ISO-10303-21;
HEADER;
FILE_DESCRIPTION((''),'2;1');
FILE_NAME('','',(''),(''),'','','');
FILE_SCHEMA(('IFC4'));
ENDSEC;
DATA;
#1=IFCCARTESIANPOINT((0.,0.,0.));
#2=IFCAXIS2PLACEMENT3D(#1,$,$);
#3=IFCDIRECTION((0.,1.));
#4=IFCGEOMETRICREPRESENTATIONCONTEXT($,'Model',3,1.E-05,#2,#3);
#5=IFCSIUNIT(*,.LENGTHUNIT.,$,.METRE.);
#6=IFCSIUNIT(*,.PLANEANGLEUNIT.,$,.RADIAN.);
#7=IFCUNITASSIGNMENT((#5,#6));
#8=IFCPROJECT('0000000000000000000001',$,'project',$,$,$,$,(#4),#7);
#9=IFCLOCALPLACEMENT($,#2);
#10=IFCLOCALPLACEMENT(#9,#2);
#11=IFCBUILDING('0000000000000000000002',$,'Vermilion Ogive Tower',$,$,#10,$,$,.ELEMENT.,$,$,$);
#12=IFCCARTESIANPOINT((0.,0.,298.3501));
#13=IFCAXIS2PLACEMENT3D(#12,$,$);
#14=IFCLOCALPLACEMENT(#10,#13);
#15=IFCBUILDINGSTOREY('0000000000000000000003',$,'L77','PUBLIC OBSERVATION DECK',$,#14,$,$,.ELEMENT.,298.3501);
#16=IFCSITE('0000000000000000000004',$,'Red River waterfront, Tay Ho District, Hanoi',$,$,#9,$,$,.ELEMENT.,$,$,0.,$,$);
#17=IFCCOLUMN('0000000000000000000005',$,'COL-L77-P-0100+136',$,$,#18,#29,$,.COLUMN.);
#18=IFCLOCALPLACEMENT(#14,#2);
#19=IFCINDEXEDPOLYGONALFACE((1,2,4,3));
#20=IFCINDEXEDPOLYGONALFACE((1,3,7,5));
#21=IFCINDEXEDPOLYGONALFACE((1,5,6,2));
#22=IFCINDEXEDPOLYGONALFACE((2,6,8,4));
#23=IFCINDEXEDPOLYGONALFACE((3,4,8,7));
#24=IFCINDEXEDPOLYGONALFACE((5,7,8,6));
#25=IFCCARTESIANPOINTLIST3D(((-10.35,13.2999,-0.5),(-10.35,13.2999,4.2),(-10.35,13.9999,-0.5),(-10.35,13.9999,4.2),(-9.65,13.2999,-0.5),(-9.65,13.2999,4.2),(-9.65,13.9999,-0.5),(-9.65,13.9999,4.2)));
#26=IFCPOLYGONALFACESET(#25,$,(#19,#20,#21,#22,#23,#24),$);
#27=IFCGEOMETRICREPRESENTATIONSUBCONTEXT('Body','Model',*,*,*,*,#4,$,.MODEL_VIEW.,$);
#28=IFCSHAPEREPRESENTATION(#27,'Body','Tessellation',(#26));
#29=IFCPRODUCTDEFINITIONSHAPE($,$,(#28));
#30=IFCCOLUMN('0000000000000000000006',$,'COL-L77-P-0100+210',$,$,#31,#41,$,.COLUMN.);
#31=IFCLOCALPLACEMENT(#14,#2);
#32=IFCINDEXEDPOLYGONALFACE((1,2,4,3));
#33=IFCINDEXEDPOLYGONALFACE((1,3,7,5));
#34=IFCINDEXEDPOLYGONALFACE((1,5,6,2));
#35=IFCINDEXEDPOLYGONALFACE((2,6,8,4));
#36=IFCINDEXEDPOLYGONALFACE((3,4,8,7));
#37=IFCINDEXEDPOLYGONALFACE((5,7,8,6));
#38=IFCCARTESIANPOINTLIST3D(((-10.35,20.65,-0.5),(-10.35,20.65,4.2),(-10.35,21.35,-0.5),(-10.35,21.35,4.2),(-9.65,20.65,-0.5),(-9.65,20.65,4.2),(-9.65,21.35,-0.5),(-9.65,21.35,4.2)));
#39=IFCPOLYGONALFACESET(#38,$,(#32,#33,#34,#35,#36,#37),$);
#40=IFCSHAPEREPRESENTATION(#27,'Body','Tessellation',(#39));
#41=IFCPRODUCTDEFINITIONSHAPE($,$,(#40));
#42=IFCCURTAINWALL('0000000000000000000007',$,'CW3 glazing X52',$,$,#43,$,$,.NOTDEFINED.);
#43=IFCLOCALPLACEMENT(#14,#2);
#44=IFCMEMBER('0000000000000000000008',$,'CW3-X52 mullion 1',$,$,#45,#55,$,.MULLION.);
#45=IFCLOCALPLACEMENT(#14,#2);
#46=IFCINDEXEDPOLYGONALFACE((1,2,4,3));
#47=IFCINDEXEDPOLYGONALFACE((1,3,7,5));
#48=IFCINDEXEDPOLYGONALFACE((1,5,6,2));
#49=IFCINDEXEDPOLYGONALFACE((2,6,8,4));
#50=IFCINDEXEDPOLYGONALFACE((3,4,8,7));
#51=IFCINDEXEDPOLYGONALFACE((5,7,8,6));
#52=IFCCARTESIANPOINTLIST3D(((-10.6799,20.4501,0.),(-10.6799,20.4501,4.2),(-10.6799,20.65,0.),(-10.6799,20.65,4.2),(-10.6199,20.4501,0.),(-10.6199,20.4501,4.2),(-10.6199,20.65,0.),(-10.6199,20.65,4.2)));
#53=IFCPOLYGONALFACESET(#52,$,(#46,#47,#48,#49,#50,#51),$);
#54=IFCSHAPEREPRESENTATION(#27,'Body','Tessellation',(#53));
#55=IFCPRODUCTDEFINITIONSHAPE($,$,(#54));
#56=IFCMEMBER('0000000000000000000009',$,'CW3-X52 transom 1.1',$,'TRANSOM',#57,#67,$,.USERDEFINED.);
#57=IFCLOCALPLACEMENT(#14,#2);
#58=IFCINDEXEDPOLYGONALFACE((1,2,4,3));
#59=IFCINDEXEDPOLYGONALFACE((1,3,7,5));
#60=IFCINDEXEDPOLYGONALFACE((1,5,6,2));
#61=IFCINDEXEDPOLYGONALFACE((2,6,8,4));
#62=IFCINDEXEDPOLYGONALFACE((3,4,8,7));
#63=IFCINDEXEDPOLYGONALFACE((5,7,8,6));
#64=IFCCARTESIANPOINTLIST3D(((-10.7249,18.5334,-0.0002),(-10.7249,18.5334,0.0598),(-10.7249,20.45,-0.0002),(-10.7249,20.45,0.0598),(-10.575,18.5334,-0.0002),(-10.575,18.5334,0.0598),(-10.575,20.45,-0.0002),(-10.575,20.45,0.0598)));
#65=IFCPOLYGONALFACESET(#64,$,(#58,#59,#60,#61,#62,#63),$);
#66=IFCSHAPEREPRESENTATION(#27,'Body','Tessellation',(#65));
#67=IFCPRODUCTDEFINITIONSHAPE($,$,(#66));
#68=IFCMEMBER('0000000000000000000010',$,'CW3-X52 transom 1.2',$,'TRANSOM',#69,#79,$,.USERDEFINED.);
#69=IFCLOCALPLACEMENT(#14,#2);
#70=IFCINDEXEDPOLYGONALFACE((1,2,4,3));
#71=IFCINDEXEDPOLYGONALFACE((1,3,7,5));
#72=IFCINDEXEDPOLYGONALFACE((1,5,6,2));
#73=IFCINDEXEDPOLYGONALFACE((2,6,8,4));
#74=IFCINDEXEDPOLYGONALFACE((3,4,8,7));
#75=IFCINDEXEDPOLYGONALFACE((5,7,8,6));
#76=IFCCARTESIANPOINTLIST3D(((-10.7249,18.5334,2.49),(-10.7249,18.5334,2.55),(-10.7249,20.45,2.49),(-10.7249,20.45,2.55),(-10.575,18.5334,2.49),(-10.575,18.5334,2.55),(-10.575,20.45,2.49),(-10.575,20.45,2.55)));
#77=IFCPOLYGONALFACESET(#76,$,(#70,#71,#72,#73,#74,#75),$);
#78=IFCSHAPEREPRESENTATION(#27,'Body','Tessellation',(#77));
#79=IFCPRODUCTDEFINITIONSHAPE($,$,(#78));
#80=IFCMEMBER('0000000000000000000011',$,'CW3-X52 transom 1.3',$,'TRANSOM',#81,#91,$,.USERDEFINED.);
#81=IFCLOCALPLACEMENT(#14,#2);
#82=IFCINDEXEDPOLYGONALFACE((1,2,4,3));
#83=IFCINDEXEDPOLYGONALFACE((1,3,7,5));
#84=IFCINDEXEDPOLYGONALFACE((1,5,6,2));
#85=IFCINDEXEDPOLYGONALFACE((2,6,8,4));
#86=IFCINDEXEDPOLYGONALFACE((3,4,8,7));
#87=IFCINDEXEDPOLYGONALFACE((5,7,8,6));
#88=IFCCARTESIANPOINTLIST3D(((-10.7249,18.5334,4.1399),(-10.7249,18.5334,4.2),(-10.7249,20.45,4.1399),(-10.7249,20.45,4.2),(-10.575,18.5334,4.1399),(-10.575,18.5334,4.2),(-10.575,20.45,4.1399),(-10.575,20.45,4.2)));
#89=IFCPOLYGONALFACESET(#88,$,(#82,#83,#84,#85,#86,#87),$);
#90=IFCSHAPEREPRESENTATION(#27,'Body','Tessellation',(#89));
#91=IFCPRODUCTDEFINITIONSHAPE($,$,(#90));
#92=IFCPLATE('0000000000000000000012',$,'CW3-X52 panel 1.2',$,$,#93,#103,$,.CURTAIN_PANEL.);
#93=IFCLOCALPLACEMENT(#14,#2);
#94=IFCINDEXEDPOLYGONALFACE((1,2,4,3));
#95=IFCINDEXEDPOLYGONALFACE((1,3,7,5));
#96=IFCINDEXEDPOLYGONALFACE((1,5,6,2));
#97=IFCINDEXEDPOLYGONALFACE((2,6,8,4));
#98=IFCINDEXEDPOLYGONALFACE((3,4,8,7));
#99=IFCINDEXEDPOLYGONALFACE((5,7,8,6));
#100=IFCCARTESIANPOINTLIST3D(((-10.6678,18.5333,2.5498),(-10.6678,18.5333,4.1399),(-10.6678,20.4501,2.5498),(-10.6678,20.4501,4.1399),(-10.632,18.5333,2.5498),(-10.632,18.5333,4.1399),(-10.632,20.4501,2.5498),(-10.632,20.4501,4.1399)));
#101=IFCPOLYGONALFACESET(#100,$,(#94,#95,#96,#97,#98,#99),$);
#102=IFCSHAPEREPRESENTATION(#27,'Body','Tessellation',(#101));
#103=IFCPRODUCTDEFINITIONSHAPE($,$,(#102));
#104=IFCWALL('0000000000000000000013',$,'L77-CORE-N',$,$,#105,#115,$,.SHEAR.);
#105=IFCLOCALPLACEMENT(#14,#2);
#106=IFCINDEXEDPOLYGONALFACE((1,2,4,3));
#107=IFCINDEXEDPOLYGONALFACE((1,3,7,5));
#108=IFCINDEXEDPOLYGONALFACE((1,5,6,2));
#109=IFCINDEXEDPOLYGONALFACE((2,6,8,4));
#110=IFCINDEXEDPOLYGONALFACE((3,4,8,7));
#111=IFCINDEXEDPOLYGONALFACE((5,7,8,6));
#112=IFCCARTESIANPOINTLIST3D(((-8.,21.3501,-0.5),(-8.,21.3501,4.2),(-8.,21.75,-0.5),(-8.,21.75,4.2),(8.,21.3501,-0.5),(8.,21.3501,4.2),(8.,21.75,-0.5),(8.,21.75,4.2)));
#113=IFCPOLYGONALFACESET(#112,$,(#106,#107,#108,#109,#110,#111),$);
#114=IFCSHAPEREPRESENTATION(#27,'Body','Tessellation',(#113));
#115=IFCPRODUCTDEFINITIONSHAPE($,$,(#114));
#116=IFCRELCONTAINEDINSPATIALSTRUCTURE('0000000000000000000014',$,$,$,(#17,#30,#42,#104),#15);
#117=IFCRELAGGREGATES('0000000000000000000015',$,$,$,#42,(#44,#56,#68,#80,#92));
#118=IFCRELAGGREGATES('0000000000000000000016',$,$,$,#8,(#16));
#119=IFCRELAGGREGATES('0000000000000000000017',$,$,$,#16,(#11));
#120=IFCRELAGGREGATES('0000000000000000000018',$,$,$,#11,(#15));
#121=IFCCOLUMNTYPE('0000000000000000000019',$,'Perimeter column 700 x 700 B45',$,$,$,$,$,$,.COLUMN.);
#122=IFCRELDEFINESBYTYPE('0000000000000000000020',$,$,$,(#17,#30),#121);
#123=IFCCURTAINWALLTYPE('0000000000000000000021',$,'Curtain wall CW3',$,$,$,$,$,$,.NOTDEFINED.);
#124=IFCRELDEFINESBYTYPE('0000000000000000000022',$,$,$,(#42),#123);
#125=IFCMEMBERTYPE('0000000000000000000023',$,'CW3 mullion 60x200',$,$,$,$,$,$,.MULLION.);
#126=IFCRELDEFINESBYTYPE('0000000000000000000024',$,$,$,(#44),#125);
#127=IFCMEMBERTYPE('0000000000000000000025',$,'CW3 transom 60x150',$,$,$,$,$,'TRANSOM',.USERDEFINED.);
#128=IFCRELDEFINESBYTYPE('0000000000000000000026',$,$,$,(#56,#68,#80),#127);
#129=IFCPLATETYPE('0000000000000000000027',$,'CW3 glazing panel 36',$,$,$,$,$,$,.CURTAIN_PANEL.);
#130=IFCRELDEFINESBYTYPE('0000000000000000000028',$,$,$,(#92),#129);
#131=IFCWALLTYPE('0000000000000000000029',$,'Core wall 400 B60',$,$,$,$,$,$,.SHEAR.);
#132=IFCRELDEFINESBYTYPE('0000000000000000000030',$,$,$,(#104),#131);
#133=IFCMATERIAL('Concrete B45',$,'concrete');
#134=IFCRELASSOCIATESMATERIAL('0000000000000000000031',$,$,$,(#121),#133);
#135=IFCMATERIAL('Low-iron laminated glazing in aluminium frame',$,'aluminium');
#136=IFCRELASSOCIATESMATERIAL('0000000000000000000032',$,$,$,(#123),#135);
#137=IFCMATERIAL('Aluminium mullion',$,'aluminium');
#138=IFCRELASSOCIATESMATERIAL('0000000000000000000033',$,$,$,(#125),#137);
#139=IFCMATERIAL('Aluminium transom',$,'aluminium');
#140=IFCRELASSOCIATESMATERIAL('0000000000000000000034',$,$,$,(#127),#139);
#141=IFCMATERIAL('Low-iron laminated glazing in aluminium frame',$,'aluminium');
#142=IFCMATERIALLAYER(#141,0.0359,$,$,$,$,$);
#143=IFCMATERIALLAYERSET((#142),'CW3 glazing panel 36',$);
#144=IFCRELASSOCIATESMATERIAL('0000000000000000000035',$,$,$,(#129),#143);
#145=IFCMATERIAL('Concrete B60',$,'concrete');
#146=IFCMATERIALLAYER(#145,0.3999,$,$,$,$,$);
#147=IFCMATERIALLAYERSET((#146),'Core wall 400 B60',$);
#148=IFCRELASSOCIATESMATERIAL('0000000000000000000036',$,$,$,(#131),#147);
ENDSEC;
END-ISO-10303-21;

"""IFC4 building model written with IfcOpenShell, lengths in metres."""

from ifc_helpers import new_model, si_unit, direction, frame, frame_2d, origin, origin_2d, place, context, subcontext, project, spatial, rectangle, extrude, material, layer, layer_set, material_profile, profile_set, type_object, element, aggregate, save


model = new_model("IFC4")

# Units and contexts
model_context = context("Model", 3, precision=1e-05, world=origin(), true_north=direction((0.0, 1.0)))
body_context = subcontext(model_context, "Body", "Model", "MODEL_VIEW")
ifc_project = project(units=[si_unit("LENGTHUNIT", "METRE"), si_unit("PLANEANGLEUNIT", "RADIAN")], contexts=[model_context])

# Site, building, storey
site_placement = place(None, origin())
site = spatial("IfcSite", under=ifc_project, at=site_placement, Name="Red River waterfront, Tay Ho District, Hanoi", CompositionType="ELEMENT", RefElevation=0.0)
building_placement = place(site_placement, origin())
building = spatial("IfcBuilding", under=site, at=building_placement, Name="Vermilion Ogive Tower", CompositionType="ELEMENT")
storey_placement = place(building_placement, frame((0.0, 0.0, 298.3501)))
storey = spatial("IfcBuildingStorey", under=building, at=storey_placement, Name="L77", Description="PUBLIC OBSERVATION DECK", CompositionType="ELEMENT", Elevation=298.3501)

# Columns
ifc_material_1 = material(Name="Concrete B45", Category="concrete")
ifc_material_profile_1 = material_profile(ifc_material_1, rectangle(XDim=0.7, YDim=0.7, at=origin_2d()), Name="700 x 700")
ifc_profile_set_1 = profile_set([ifc_material_profile_1], Name="Concrete B45")
column_type = type_object("IfcColumnType", Name="Perimeter column 700 x 700 B45", PredefinedType="COLUMN", material=ifc_profile_set_1)
for number, where, z_axis, x_axis, name in (
    (1, (-10.0, 13.6499, -0.5), (0.0, 0.0, 1.0), (1.0, 0.0, 0.0), "COL-L77-P-0100+136"),
    (2, (-10.0, 21.0, -0.5), (0.0, 0.0, 1.0), (1.0, 0.0, 0.0), "COL-L77-P-0100+210"),
):
    element("IfcColumn", number, at=place(storey_placement, frame(where, z_axis=z_axis, x_axis=x_axis)), inside=storey, type_object=column_type, Name=name, PredefinedType="COLUMN", context=body_context, shape_type="SweptSolid", body=[
        extrude(rectangle(XDim=0.7, YDim=0.7, at=origin_2d()), origin(), (0.0, 0.0, 1.0), 4.7),
    ])

# Curtain wall, members, plate
ifc_material_2 = material(Name="Low-iron laminated glazing in aluminium frame", Category="aluminium")
curtain_wall_type = type_object("IfcCurtainWallType", Name="Curtain wall CW3", PredefinedType="NOTDEFINED", material=ifc_material_2)
curtain_wall_placement = place(storey_placement, origin())
curtain_wall = element("IfcCurtainWall", 3, at=curtain_wall_placement, inside=storey, type_object=curtain_wall_type, Name="CW3 glazing X52", PredefinedType="NOTDEFINED")
ifc_material_3 = material(Name="Aluminium mullion", Category="aluminium")
ifc_material_profile_2 = material_profile(ifc_material_3, rectangle(XDim=0.0601, YDim=0.2, at=origin_2d()), Name="AL 60x200")
ifc_profile_set_2 = profile_set([ifc_material_profile_2], Name="Aluminium mullion")
member_type_1 = type_object("IfcMemberType", Name="CW3 mullion 60x200", PredefinedType="MULLION", material=ifc_profile_set_2)
member_1_placement = place(storey_placement, frame((-10.6499, 20.55, 0.0), z_axis=(0.0, 0.0, 1.0), x_axis=(1.0, 0.0, 0.0)))
member_1 = element("IfcMember", 4, at=member_1_placement, type_object=member_type_1, Name="CW3-X52 mullion 1", PredefinedType="MULLION", context=body_context, shape_type="SweptSolid", body=[
    extrude(rectangle(XDim=0.0601, YDim=0.2, at=origin_2d()), origin(), (0.0, 0.0, 1.0), 4.2),
])
ifc_material_4 = material(Name="Aluminium transom", Category="aluminium")
ifc_material_profile_3 = material_profile(ifc_material_4, rectangle(XDim=0.1499, YDim=0.0601, at=origin_2d()), Name="AL 60x150")
ifc_profile_set_3 = profile_set([ifc_material_profile_3], Name="Aluminium transom")
member_type_2 = type_object("IfcMemberType", Name="CW3 transom 60x150", ElementType="TRANSOM", PredefinedType="USERDEFINED", material=ifc_profile_set_3)
member_2_placement = place(storey_placement, frame((-10.6499, 20.45, 0.0298), z_axis=(0.0, -1.0, 0.0), x_axis=(1.0, 0.0, 0.0)))
member_2 = element("IfcMember", 5, at=member_2_placement, type_object=member_type_2, Name="CW3-X52 transom 1.1", ObjectType="TRANSOM", PredefinedType="USERDEFINED", context=body_context, shape_type="SweptSolid", body=[
    extrude(rectangle(XDim=0.1499, YDim=0.0601, at=origin_2d()), origin(), (0.0, 0.0, 1.0), 1.9165),
])
member_3_placement = place(storey_placement, frame((-10.6499, 20.45, 2.52), z_axis=(0.0, -1.0, 0.0), x_axis=(1.0, 0.0, 0.0)))
member_3 = element("IfcMember", 6, at=member_3_placement, type_object=member_type_2, Name="CW3-X52 transom 1.2", ObjectType="TRANSOM", PredefinedType="USERDEFINED", context=body_context, shape_type="SweptSolid", body=[
    extrude(rectangle(XDim=0.1499, YDim=0.0601, at=origin_2d()), origin(), (0.0, 0.0, 1.0), 1.9165),
])
member_4_placement = place(storey_placement, frame((-10.6499, 20.45, 4.1699), z_axis=(0.0, -1.0, 0.0), x_axis=(1.0, 0.0, 0.0)))
member_4 = element("IfcMember", 7, at=member_4_placement, type_object=member_type_2, Name="CW3-X52 transom 1.3", ObjectType="TRANSOM", PredefinedType="USERDEFINED", context=body_context, shape_type="SweptSolid", body=[
    extrude(rectangle(XDim=0.1499, YDim=0.0601, at=origin_2d()), origin(), (0.0, 0.0, 1.0), 1.9165),
])
ifc_material_5 = material(Name="Low-iron laminated glazing in aluminium frame", Category="aluminium")
ifc_layer_1 = layer(ifc_material_5, 0.0359)
ifc_layer_set_1 = layer_set([ifc_layer_1], Name="CW3 glazing panel 36")
plate_type = type_object("IfcPlateType", Name="CW3 glazing panel 36", PredefinedType="CURTAIN_PANEL", material=ifc_layer_set_1)
plate_placement = place(storey_placement, frame((-10.6499, 19.4917, 2.5498), z_axis=(0.0, 0.0, 1.0), x_axis=(0.0, -1.0, 0.0)))
plate = element("IfcPlate", 8, at=plate_placement, type_object=plate_type, Name="CW3-X52 panel 1.2", PredefinedType="CURTAIN_PANEL", context=body_context, shape_type="SweptSolid", body=[
    extrude(rectangle(XDim=1.9167, YDim=0.0359, at=origin_2d()), origin(), (0.0, 0.0, 1.0), 1.5901),
])
aggregate(curtain_wall, [member_1, member_2, member_3, member_4, plate])

# Wall
ifc_material_6 = material(Name="Concrete B60", Category="concrete")
ifc_layer_2 = layer(ifc_material_6, 0.3999)
ifc_layer_set_2 = layer_set([ifc_layer_2], Name="Core wall 400 B60")
wall_type_1 = type_object("IfcWallType", Name="Core wall 400 B60", PredefinedType="SHEAR", material=ifc_layer_set_2)
wall_1_placement = place(storey_placement, frame((-8.0, 21.55, -0.5), z_axis=(0.0, 0.0, 1.0), x_axis=(1.0, 0.0, 0.0)))
element("IfcWall", 9, at=wall_1_placement, inside=storey, type_object=wall_type_1, Name="L77-CORE-N", PredefinedType="SHEAR", context=body_context, shape_type="SweptSolid", body=[
    extrude(rectangle(XDim=16.0, YDim=0.3999, at=frame_2d((8.0, 0.0))), origin(), (0.0, 0.0, 1.0), 4.7),
])

save(model, "model.ifc")
